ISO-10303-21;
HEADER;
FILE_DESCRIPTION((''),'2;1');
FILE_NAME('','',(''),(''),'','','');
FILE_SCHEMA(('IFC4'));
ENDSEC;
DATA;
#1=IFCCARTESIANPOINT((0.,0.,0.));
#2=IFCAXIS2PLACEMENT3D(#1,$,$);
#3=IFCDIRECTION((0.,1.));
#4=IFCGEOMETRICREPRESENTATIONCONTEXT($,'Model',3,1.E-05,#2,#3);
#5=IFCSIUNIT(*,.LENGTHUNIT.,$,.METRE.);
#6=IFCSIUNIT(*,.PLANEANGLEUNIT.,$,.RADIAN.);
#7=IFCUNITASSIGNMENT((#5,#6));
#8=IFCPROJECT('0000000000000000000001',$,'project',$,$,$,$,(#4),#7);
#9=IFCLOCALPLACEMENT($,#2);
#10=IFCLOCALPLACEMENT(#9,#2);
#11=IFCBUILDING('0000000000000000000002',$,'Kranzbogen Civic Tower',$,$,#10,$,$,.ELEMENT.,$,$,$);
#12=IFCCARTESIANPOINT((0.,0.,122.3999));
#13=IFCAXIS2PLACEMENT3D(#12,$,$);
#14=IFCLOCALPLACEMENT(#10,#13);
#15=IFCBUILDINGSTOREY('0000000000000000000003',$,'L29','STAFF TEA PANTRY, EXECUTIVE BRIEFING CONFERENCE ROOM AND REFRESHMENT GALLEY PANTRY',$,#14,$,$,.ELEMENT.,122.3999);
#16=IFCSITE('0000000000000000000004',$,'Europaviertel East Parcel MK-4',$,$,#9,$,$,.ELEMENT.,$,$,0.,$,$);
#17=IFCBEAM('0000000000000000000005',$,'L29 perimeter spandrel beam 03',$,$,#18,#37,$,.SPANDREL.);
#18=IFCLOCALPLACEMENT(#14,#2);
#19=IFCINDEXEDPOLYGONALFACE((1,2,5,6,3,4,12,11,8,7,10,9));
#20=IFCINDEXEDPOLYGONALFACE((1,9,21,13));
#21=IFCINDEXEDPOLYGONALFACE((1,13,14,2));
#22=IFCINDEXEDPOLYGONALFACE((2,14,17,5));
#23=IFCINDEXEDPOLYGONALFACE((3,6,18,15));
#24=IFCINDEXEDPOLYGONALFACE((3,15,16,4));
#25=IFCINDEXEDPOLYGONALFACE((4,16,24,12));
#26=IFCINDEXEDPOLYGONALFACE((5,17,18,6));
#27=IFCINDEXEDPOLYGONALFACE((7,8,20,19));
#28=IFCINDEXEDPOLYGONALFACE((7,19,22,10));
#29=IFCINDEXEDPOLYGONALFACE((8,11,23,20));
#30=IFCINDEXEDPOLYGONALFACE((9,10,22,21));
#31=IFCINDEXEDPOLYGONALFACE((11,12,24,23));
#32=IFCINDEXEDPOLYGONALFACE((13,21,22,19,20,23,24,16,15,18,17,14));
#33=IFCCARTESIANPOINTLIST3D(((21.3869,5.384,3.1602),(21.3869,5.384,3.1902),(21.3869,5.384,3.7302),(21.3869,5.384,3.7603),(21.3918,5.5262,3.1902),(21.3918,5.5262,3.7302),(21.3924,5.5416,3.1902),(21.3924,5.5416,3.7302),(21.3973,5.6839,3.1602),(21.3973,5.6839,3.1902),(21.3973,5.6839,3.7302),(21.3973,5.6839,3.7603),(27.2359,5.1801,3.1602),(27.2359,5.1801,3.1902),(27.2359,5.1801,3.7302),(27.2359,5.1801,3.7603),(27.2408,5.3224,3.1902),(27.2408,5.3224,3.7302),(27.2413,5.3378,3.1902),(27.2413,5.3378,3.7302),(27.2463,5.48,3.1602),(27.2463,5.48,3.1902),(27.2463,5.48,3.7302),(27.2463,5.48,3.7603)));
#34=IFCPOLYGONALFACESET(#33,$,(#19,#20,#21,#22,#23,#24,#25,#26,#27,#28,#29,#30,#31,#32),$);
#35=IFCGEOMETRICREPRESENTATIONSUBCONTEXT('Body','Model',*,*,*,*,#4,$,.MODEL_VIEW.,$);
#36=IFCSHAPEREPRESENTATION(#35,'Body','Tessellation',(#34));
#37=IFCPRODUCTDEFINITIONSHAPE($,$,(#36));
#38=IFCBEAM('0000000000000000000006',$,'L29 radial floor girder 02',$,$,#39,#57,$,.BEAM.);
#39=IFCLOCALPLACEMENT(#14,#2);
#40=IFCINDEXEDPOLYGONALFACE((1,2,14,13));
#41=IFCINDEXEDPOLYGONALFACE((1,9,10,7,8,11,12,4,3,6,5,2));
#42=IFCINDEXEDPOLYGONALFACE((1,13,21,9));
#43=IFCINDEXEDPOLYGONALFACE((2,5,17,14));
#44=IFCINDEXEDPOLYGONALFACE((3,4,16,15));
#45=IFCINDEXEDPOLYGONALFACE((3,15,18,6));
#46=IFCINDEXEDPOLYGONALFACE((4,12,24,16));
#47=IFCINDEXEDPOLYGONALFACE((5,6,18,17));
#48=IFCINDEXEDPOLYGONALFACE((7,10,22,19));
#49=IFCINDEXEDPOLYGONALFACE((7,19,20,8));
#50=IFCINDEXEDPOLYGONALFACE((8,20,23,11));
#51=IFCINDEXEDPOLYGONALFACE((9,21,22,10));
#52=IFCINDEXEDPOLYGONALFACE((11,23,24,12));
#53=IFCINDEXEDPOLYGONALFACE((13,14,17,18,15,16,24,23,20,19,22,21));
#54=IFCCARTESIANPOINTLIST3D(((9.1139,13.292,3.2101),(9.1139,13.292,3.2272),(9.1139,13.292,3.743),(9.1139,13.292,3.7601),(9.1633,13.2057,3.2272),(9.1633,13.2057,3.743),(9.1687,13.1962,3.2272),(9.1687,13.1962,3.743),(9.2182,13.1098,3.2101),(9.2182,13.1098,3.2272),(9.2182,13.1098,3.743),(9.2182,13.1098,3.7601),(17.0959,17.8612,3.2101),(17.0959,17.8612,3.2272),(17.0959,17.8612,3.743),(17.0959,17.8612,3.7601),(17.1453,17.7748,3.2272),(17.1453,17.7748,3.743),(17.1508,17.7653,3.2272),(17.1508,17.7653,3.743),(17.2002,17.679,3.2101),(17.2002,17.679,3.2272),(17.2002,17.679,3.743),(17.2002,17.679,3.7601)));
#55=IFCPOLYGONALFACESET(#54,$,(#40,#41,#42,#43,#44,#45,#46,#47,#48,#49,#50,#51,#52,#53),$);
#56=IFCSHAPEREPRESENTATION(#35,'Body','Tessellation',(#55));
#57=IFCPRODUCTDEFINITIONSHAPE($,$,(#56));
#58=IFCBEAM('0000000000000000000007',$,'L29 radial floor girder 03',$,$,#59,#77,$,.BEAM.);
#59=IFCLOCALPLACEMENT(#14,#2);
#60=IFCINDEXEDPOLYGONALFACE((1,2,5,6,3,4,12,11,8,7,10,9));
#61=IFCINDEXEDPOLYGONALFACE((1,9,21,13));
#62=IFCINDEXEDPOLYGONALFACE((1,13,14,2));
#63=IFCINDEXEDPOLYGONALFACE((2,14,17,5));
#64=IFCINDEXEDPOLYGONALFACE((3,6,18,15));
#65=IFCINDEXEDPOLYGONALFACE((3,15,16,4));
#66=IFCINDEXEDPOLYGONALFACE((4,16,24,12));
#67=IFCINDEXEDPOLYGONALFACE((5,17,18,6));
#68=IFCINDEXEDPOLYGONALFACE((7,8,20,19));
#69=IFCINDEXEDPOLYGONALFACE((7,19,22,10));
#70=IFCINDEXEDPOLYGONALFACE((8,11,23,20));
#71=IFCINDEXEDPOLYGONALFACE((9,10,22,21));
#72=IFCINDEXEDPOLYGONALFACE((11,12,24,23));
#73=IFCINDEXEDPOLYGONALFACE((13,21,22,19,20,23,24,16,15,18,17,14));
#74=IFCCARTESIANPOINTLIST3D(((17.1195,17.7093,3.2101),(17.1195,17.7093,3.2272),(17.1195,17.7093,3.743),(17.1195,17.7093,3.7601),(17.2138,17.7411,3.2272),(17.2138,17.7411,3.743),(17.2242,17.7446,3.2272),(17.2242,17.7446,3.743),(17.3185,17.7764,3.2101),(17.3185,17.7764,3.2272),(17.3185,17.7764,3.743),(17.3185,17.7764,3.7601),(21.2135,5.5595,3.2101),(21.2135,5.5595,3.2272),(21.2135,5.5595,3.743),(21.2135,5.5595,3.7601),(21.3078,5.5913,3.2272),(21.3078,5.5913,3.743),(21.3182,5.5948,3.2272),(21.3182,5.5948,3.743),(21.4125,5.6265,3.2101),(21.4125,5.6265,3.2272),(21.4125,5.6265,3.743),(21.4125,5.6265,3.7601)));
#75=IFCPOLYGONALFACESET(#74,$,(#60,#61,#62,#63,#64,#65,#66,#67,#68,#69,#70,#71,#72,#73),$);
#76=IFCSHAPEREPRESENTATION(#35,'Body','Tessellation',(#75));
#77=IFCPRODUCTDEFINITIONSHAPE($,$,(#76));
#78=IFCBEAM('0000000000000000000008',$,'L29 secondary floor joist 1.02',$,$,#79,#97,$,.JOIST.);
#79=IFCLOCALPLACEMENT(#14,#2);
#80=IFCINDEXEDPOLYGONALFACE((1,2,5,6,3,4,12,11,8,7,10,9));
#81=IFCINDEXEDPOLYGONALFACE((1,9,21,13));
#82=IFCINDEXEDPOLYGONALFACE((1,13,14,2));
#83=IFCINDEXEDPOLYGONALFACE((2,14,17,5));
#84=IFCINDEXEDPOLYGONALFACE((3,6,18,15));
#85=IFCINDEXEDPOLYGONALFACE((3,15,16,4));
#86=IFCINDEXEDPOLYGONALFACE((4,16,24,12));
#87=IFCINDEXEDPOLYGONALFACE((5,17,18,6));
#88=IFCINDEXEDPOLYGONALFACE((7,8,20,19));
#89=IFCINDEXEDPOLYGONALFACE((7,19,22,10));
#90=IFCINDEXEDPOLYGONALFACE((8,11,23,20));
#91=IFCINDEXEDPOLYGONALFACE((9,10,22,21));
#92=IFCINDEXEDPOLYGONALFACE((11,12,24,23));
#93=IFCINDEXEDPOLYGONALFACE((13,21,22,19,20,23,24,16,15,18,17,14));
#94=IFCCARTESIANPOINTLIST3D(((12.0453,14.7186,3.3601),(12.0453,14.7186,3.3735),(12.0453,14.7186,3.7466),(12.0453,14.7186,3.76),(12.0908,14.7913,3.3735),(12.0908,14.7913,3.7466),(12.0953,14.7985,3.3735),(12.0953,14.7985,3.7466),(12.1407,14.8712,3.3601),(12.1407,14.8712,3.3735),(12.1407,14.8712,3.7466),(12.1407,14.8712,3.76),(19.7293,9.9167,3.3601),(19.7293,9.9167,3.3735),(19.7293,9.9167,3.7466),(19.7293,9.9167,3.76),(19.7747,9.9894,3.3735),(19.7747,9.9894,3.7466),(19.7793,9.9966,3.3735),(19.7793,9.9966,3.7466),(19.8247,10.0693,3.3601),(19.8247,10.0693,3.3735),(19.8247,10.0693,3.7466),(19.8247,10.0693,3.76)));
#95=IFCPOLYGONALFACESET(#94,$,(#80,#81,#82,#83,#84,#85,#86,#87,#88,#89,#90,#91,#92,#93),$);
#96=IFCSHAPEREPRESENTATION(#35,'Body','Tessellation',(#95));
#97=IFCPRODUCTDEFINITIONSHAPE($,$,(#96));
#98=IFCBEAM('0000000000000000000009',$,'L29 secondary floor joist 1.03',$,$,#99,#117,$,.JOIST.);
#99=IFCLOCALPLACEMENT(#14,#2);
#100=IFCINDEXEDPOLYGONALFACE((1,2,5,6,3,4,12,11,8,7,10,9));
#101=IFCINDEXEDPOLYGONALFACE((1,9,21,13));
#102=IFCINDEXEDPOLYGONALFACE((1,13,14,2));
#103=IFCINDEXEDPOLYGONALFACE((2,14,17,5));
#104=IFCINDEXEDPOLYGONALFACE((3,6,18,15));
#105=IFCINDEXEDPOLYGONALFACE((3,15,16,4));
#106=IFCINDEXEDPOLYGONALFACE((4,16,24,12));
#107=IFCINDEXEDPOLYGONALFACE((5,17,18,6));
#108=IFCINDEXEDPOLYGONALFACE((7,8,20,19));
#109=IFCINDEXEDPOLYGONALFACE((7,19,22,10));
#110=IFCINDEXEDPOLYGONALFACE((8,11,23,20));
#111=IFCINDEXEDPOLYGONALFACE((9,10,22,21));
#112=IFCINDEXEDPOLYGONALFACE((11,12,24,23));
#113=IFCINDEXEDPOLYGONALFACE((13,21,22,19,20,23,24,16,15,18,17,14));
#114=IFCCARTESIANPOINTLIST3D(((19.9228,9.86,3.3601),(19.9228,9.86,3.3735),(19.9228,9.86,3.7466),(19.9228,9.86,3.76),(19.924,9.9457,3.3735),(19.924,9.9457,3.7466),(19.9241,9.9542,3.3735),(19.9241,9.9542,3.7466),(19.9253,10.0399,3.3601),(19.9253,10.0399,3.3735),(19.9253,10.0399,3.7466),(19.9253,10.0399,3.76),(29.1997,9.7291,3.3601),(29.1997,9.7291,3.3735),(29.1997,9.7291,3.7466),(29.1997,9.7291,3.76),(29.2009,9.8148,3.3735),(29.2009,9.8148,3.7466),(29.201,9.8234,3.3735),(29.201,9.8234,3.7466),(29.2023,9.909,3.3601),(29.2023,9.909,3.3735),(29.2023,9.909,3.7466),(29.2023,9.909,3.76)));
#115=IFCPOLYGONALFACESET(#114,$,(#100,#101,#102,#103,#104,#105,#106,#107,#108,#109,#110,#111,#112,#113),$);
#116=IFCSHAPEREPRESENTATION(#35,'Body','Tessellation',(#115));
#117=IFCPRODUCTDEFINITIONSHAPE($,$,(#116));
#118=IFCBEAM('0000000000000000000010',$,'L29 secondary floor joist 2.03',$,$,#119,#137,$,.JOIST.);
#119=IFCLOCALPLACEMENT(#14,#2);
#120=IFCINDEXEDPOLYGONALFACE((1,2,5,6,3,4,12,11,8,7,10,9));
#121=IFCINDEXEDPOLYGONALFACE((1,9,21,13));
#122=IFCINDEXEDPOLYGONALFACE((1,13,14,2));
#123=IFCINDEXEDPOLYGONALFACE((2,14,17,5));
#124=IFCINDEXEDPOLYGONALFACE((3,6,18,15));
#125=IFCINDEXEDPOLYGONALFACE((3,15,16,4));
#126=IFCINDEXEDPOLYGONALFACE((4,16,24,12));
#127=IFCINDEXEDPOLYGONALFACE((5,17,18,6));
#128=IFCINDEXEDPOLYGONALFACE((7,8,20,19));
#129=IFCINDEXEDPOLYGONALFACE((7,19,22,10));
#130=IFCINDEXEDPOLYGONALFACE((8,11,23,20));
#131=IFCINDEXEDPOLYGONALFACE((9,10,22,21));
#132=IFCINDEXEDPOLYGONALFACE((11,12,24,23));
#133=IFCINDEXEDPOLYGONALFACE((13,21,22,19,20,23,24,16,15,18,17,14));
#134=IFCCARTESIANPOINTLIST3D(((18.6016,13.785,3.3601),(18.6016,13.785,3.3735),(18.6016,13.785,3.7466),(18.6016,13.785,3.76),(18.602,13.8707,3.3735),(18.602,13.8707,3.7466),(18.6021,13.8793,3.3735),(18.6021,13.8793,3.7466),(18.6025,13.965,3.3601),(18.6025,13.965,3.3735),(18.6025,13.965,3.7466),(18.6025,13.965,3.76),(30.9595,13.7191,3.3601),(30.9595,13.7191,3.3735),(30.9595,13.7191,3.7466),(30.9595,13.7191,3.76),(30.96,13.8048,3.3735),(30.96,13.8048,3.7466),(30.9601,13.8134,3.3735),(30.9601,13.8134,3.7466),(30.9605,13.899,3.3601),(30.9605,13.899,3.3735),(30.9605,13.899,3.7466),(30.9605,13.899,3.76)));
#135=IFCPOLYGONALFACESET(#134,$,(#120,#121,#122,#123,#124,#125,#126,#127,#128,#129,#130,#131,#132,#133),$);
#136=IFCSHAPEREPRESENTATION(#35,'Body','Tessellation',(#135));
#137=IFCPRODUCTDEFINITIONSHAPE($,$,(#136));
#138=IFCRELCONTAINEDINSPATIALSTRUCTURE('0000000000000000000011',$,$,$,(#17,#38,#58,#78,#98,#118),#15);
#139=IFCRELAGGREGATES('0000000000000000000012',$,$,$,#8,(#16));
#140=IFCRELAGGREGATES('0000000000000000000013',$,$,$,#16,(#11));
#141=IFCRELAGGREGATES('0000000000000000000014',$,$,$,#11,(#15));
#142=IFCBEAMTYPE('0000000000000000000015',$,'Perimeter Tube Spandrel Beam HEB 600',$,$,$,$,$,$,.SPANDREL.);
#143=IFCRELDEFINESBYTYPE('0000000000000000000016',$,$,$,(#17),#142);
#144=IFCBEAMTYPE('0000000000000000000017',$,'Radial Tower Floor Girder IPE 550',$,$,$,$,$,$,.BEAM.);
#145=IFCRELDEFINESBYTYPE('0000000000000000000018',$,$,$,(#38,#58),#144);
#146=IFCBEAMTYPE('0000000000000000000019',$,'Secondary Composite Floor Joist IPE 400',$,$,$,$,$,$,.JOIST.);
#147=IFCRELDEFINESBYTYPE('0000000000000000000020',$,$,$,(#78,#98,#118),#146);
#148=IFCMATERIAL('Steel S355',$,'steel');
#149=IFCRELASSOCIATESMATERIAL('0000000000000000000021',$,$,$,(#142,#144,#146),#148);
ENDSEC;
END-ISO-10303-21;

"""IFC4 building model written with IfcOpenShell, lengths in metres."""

from ifc_helpers import new_model, si_unit, direction, frame, origin, origin_2d, place, context, subcontext, project, spatial, i_section, extrude, material, material_profile, profile_set, type_object, element, save


model = new_model("IFC4")

# Units and contexts
model_context = context("Model", 3, precision=1e-05, world=origin(), true_north=direction((0.0, 1.0)))
body_context = subcontext(model_context, "Body", "Model", "MODEL_VIEW")
ifc_project = project(units=[si_unit("LENGTHUNIT", "METRE"), si_unit("PLANEANGLEUNIT", "RADIAN")], contexts=[model_context])

# Site, building, storey
site_placement = place(None, origin())
site = spatial("IfcSite", under=ifc_project, at=site_placement, Name="Europaviertel East Parcel MK-4", CompositionType="ELEMENT", RefElevation=0.0)
building_placement = place(site_placement, origin())
building = spatial("IfcBuilding", under=site, at=building_placement, Name="Kranzbogen Civic Tower", CompositionType="ELEMENT")
storey_placement = place(building_placement, frame((0.0, 0.0, 122.3999)))
storey = spatial("IfcBuildingStorey", under=building, at=storey_placement, Name="L29", Description="STAFF TEA PANTRY, EXECUTIVE BRIEFING CONFERENCE ROOM AND REFRESHMENT GALLEY PANTRY", CompositionType="ELEMENT", Elevation=122.3999)

# Beams
ifc_material_1 = material(Name="Steel S355", Category="steel")
ifc_material_profile_1 = material_profile(ifc_material_1, i_section(OverallWidth=0.3, OverallDepth=0.6001, WebThickness=0.0154, FlangeThickness=0.03, at=origin_2d()), Name="HEB 600")
ifc_profile_set_1 = profile_set([ifc_material_profile_1], Name="Steel S355")
beam_type_1 = type_object("IfcBeamType", Name="Perimeter Tube Spandrel Beam HEB 600", PredefinedType="SPANDREL", material=ifc_profile_set_1)
beam_1_placement = place(storey_placement, frame((21.3921, 5.5339, 3.4602), z_axis=(0.999393, -0.034833, 0.0), x_axis=(0.034833, 0.999393, 0.0)))
element("IfcBeam", 1, at=beam_1_placement, inside=storey, type_object=beam_type_1, Name="L29 perimeter spandrel beam 03", PredefinedType="SPANDREL", context=body_context, shape_type="SweptSolid", body=[
    extrude(i_section(OverallWidth=0.3, OverallDepth=0.6001, WebThickness=0.0154, FlangeThickness=0.03, at=origin_2d()), origin(), (0.0, 0.0, 1.0), 5.8525),
])
ifc_material_profile_2 = material_profile(ifc_material_1, i_section(OverallWidth=0.21, OverallDepth=0.55, WebThickness=0.011, FlangeThickness=0.0171, at=origin_2d()), Name="IPE 550")
ifc_profile_set_2 = profile_set([ifc_material_profile_2], Name="Steel S355")
beam_type_2 = type_object("IfcBeamType", Name="Radial Tower Floor Girder IPE 550", PredefinedType="BEAM", material=ifc_profile_set_2)
beam_2_placement = place(storey_placement, frame((9.166, 13.2009, 3.4851), z_axis=(0.867869, 0.496793, 0.0), x_axis=(-0.496793, 0.867869, 0.0)))
element("IfcBeam", 2, at=beam_2_placement, inside=storey, type_object=beam_type_2, Name="L29 radial floor girder 02", PredefinedType="BEAM", context=body_context, shape_type="SweptSolid", body=[
    extrude(i_section(OverallWidth=0.21, OverallDepth=0.55, WebThickness=0.011, FlangeThickness=0.0171, at=origin_2d()), origin(), (0.0, 0.0, 1.0), 9.1973),
])
beam_3_placement = place(storey_placement, frame((21.313, 5.593, 3.4851), z_axis=(-0.319317, 0.947648, 0.0), x_axis=(-0.947648, -0.319317, 0.0)))
element("IfcBeam", 3, at=beam_3_placement, inside=storey, type_object=beam_type_2, Name="L29 radial floor girder 03", PredefinedType="BEAM", context=body_context, shape_type="SweptSolid", body=[
    extrude(i_section(OverallWidth=0.21, OverallDepth=0.55, WebThickness=0.011, FlangeThickness=0.0171, at=origin_2d()), origin(), (0.0, 0.0, 1.0), 12.821),
])
ifc_material_profile_3 = material_profile(ifc_material_1, i_section(OverallWidth=0.1799, OverallDepth=0.3999, WebThickness=0.0085, FlangeThickness=0.0134, at=origin_2d()), Name="IPE 400")
ifc_profile_set_3 = profile_set([ifc_material_profile_3], Name="Steel S355")
beam_type_3 = type_object("IfcBeamType", Name="Secondary Composite Floor Joist IPE 400", PredefinedType="JOIST", material=ifc_profile_set_3)
beam_4_placement = place(storey_placement, frame((12.093, 14.7949, 3.5601), z_axis=(0.848026, -0.529955, 0.0), x_axis=(0.529955, 0.848026, 0.0)))
element("IfcBeam", 4, at=beam_4_placement, inside=storey, type_object=beam_type_3, Name="L29 secondary floor joist 1.02", PredefinedType="JOIST", context=body_context, shape_type="SweptSolid", body=[
    extrude(i_section(OverallWidth=0.1799, OverallDepth=0.3999, WebThickness=0.0085, FlangeThickness=0.0134, at=origin_2d()), origin(), (0.0, 0.0, 1.0), 9.061),
])
beam_5_placement = place(storey_placement, frame((19.9241, 9.95, 3.5601), z_axis=(0.999901, -0.014105, 0.0), x_axis=(0.014105, 0.999901, 0.0)))
element("IfcBeam", 5, at=beam_5_placement, inside=storey, type_object=beam_type_3, Name="L29 secondary floor joist 1.03", PredefinedType="JOIST", context=body_context, shape_type="SweptSolid", body=[
    extrude(i_section(OverallWidth=0.1799, OverallDepth=0.3999, WebThickness=0.0085, FlangeThickness=0.0134, at=origin_2d()), origin(), (0.0, 0.0, 1.0), 9.2778),
])
beam_6_placement = place(storey_placement, frame((18.6021, 13.875, 3.5601), z_axis=(0.999986, -0.005334, 0.0), x_axis=(0.005334, 0.999986, 0.0)))
element("IfcBeam", 6, at=beam_6_placement, inside=storey, type_object=beam_type_3, Name="L29 secondary floor joist 2.03", PredefinedType="JOIST", context=body_context, shape_type="SweptSolid", body=[
    extrude(i_section(OverallWidth=0.1799, OverallDepth=0.3999, WebThickness=0.0085, FlangeThickness=0.0134, at=origin_2d()), origin(), (0.0, 0.0, 1.0), 12.3582),
])

save(model, "model.ifc")
